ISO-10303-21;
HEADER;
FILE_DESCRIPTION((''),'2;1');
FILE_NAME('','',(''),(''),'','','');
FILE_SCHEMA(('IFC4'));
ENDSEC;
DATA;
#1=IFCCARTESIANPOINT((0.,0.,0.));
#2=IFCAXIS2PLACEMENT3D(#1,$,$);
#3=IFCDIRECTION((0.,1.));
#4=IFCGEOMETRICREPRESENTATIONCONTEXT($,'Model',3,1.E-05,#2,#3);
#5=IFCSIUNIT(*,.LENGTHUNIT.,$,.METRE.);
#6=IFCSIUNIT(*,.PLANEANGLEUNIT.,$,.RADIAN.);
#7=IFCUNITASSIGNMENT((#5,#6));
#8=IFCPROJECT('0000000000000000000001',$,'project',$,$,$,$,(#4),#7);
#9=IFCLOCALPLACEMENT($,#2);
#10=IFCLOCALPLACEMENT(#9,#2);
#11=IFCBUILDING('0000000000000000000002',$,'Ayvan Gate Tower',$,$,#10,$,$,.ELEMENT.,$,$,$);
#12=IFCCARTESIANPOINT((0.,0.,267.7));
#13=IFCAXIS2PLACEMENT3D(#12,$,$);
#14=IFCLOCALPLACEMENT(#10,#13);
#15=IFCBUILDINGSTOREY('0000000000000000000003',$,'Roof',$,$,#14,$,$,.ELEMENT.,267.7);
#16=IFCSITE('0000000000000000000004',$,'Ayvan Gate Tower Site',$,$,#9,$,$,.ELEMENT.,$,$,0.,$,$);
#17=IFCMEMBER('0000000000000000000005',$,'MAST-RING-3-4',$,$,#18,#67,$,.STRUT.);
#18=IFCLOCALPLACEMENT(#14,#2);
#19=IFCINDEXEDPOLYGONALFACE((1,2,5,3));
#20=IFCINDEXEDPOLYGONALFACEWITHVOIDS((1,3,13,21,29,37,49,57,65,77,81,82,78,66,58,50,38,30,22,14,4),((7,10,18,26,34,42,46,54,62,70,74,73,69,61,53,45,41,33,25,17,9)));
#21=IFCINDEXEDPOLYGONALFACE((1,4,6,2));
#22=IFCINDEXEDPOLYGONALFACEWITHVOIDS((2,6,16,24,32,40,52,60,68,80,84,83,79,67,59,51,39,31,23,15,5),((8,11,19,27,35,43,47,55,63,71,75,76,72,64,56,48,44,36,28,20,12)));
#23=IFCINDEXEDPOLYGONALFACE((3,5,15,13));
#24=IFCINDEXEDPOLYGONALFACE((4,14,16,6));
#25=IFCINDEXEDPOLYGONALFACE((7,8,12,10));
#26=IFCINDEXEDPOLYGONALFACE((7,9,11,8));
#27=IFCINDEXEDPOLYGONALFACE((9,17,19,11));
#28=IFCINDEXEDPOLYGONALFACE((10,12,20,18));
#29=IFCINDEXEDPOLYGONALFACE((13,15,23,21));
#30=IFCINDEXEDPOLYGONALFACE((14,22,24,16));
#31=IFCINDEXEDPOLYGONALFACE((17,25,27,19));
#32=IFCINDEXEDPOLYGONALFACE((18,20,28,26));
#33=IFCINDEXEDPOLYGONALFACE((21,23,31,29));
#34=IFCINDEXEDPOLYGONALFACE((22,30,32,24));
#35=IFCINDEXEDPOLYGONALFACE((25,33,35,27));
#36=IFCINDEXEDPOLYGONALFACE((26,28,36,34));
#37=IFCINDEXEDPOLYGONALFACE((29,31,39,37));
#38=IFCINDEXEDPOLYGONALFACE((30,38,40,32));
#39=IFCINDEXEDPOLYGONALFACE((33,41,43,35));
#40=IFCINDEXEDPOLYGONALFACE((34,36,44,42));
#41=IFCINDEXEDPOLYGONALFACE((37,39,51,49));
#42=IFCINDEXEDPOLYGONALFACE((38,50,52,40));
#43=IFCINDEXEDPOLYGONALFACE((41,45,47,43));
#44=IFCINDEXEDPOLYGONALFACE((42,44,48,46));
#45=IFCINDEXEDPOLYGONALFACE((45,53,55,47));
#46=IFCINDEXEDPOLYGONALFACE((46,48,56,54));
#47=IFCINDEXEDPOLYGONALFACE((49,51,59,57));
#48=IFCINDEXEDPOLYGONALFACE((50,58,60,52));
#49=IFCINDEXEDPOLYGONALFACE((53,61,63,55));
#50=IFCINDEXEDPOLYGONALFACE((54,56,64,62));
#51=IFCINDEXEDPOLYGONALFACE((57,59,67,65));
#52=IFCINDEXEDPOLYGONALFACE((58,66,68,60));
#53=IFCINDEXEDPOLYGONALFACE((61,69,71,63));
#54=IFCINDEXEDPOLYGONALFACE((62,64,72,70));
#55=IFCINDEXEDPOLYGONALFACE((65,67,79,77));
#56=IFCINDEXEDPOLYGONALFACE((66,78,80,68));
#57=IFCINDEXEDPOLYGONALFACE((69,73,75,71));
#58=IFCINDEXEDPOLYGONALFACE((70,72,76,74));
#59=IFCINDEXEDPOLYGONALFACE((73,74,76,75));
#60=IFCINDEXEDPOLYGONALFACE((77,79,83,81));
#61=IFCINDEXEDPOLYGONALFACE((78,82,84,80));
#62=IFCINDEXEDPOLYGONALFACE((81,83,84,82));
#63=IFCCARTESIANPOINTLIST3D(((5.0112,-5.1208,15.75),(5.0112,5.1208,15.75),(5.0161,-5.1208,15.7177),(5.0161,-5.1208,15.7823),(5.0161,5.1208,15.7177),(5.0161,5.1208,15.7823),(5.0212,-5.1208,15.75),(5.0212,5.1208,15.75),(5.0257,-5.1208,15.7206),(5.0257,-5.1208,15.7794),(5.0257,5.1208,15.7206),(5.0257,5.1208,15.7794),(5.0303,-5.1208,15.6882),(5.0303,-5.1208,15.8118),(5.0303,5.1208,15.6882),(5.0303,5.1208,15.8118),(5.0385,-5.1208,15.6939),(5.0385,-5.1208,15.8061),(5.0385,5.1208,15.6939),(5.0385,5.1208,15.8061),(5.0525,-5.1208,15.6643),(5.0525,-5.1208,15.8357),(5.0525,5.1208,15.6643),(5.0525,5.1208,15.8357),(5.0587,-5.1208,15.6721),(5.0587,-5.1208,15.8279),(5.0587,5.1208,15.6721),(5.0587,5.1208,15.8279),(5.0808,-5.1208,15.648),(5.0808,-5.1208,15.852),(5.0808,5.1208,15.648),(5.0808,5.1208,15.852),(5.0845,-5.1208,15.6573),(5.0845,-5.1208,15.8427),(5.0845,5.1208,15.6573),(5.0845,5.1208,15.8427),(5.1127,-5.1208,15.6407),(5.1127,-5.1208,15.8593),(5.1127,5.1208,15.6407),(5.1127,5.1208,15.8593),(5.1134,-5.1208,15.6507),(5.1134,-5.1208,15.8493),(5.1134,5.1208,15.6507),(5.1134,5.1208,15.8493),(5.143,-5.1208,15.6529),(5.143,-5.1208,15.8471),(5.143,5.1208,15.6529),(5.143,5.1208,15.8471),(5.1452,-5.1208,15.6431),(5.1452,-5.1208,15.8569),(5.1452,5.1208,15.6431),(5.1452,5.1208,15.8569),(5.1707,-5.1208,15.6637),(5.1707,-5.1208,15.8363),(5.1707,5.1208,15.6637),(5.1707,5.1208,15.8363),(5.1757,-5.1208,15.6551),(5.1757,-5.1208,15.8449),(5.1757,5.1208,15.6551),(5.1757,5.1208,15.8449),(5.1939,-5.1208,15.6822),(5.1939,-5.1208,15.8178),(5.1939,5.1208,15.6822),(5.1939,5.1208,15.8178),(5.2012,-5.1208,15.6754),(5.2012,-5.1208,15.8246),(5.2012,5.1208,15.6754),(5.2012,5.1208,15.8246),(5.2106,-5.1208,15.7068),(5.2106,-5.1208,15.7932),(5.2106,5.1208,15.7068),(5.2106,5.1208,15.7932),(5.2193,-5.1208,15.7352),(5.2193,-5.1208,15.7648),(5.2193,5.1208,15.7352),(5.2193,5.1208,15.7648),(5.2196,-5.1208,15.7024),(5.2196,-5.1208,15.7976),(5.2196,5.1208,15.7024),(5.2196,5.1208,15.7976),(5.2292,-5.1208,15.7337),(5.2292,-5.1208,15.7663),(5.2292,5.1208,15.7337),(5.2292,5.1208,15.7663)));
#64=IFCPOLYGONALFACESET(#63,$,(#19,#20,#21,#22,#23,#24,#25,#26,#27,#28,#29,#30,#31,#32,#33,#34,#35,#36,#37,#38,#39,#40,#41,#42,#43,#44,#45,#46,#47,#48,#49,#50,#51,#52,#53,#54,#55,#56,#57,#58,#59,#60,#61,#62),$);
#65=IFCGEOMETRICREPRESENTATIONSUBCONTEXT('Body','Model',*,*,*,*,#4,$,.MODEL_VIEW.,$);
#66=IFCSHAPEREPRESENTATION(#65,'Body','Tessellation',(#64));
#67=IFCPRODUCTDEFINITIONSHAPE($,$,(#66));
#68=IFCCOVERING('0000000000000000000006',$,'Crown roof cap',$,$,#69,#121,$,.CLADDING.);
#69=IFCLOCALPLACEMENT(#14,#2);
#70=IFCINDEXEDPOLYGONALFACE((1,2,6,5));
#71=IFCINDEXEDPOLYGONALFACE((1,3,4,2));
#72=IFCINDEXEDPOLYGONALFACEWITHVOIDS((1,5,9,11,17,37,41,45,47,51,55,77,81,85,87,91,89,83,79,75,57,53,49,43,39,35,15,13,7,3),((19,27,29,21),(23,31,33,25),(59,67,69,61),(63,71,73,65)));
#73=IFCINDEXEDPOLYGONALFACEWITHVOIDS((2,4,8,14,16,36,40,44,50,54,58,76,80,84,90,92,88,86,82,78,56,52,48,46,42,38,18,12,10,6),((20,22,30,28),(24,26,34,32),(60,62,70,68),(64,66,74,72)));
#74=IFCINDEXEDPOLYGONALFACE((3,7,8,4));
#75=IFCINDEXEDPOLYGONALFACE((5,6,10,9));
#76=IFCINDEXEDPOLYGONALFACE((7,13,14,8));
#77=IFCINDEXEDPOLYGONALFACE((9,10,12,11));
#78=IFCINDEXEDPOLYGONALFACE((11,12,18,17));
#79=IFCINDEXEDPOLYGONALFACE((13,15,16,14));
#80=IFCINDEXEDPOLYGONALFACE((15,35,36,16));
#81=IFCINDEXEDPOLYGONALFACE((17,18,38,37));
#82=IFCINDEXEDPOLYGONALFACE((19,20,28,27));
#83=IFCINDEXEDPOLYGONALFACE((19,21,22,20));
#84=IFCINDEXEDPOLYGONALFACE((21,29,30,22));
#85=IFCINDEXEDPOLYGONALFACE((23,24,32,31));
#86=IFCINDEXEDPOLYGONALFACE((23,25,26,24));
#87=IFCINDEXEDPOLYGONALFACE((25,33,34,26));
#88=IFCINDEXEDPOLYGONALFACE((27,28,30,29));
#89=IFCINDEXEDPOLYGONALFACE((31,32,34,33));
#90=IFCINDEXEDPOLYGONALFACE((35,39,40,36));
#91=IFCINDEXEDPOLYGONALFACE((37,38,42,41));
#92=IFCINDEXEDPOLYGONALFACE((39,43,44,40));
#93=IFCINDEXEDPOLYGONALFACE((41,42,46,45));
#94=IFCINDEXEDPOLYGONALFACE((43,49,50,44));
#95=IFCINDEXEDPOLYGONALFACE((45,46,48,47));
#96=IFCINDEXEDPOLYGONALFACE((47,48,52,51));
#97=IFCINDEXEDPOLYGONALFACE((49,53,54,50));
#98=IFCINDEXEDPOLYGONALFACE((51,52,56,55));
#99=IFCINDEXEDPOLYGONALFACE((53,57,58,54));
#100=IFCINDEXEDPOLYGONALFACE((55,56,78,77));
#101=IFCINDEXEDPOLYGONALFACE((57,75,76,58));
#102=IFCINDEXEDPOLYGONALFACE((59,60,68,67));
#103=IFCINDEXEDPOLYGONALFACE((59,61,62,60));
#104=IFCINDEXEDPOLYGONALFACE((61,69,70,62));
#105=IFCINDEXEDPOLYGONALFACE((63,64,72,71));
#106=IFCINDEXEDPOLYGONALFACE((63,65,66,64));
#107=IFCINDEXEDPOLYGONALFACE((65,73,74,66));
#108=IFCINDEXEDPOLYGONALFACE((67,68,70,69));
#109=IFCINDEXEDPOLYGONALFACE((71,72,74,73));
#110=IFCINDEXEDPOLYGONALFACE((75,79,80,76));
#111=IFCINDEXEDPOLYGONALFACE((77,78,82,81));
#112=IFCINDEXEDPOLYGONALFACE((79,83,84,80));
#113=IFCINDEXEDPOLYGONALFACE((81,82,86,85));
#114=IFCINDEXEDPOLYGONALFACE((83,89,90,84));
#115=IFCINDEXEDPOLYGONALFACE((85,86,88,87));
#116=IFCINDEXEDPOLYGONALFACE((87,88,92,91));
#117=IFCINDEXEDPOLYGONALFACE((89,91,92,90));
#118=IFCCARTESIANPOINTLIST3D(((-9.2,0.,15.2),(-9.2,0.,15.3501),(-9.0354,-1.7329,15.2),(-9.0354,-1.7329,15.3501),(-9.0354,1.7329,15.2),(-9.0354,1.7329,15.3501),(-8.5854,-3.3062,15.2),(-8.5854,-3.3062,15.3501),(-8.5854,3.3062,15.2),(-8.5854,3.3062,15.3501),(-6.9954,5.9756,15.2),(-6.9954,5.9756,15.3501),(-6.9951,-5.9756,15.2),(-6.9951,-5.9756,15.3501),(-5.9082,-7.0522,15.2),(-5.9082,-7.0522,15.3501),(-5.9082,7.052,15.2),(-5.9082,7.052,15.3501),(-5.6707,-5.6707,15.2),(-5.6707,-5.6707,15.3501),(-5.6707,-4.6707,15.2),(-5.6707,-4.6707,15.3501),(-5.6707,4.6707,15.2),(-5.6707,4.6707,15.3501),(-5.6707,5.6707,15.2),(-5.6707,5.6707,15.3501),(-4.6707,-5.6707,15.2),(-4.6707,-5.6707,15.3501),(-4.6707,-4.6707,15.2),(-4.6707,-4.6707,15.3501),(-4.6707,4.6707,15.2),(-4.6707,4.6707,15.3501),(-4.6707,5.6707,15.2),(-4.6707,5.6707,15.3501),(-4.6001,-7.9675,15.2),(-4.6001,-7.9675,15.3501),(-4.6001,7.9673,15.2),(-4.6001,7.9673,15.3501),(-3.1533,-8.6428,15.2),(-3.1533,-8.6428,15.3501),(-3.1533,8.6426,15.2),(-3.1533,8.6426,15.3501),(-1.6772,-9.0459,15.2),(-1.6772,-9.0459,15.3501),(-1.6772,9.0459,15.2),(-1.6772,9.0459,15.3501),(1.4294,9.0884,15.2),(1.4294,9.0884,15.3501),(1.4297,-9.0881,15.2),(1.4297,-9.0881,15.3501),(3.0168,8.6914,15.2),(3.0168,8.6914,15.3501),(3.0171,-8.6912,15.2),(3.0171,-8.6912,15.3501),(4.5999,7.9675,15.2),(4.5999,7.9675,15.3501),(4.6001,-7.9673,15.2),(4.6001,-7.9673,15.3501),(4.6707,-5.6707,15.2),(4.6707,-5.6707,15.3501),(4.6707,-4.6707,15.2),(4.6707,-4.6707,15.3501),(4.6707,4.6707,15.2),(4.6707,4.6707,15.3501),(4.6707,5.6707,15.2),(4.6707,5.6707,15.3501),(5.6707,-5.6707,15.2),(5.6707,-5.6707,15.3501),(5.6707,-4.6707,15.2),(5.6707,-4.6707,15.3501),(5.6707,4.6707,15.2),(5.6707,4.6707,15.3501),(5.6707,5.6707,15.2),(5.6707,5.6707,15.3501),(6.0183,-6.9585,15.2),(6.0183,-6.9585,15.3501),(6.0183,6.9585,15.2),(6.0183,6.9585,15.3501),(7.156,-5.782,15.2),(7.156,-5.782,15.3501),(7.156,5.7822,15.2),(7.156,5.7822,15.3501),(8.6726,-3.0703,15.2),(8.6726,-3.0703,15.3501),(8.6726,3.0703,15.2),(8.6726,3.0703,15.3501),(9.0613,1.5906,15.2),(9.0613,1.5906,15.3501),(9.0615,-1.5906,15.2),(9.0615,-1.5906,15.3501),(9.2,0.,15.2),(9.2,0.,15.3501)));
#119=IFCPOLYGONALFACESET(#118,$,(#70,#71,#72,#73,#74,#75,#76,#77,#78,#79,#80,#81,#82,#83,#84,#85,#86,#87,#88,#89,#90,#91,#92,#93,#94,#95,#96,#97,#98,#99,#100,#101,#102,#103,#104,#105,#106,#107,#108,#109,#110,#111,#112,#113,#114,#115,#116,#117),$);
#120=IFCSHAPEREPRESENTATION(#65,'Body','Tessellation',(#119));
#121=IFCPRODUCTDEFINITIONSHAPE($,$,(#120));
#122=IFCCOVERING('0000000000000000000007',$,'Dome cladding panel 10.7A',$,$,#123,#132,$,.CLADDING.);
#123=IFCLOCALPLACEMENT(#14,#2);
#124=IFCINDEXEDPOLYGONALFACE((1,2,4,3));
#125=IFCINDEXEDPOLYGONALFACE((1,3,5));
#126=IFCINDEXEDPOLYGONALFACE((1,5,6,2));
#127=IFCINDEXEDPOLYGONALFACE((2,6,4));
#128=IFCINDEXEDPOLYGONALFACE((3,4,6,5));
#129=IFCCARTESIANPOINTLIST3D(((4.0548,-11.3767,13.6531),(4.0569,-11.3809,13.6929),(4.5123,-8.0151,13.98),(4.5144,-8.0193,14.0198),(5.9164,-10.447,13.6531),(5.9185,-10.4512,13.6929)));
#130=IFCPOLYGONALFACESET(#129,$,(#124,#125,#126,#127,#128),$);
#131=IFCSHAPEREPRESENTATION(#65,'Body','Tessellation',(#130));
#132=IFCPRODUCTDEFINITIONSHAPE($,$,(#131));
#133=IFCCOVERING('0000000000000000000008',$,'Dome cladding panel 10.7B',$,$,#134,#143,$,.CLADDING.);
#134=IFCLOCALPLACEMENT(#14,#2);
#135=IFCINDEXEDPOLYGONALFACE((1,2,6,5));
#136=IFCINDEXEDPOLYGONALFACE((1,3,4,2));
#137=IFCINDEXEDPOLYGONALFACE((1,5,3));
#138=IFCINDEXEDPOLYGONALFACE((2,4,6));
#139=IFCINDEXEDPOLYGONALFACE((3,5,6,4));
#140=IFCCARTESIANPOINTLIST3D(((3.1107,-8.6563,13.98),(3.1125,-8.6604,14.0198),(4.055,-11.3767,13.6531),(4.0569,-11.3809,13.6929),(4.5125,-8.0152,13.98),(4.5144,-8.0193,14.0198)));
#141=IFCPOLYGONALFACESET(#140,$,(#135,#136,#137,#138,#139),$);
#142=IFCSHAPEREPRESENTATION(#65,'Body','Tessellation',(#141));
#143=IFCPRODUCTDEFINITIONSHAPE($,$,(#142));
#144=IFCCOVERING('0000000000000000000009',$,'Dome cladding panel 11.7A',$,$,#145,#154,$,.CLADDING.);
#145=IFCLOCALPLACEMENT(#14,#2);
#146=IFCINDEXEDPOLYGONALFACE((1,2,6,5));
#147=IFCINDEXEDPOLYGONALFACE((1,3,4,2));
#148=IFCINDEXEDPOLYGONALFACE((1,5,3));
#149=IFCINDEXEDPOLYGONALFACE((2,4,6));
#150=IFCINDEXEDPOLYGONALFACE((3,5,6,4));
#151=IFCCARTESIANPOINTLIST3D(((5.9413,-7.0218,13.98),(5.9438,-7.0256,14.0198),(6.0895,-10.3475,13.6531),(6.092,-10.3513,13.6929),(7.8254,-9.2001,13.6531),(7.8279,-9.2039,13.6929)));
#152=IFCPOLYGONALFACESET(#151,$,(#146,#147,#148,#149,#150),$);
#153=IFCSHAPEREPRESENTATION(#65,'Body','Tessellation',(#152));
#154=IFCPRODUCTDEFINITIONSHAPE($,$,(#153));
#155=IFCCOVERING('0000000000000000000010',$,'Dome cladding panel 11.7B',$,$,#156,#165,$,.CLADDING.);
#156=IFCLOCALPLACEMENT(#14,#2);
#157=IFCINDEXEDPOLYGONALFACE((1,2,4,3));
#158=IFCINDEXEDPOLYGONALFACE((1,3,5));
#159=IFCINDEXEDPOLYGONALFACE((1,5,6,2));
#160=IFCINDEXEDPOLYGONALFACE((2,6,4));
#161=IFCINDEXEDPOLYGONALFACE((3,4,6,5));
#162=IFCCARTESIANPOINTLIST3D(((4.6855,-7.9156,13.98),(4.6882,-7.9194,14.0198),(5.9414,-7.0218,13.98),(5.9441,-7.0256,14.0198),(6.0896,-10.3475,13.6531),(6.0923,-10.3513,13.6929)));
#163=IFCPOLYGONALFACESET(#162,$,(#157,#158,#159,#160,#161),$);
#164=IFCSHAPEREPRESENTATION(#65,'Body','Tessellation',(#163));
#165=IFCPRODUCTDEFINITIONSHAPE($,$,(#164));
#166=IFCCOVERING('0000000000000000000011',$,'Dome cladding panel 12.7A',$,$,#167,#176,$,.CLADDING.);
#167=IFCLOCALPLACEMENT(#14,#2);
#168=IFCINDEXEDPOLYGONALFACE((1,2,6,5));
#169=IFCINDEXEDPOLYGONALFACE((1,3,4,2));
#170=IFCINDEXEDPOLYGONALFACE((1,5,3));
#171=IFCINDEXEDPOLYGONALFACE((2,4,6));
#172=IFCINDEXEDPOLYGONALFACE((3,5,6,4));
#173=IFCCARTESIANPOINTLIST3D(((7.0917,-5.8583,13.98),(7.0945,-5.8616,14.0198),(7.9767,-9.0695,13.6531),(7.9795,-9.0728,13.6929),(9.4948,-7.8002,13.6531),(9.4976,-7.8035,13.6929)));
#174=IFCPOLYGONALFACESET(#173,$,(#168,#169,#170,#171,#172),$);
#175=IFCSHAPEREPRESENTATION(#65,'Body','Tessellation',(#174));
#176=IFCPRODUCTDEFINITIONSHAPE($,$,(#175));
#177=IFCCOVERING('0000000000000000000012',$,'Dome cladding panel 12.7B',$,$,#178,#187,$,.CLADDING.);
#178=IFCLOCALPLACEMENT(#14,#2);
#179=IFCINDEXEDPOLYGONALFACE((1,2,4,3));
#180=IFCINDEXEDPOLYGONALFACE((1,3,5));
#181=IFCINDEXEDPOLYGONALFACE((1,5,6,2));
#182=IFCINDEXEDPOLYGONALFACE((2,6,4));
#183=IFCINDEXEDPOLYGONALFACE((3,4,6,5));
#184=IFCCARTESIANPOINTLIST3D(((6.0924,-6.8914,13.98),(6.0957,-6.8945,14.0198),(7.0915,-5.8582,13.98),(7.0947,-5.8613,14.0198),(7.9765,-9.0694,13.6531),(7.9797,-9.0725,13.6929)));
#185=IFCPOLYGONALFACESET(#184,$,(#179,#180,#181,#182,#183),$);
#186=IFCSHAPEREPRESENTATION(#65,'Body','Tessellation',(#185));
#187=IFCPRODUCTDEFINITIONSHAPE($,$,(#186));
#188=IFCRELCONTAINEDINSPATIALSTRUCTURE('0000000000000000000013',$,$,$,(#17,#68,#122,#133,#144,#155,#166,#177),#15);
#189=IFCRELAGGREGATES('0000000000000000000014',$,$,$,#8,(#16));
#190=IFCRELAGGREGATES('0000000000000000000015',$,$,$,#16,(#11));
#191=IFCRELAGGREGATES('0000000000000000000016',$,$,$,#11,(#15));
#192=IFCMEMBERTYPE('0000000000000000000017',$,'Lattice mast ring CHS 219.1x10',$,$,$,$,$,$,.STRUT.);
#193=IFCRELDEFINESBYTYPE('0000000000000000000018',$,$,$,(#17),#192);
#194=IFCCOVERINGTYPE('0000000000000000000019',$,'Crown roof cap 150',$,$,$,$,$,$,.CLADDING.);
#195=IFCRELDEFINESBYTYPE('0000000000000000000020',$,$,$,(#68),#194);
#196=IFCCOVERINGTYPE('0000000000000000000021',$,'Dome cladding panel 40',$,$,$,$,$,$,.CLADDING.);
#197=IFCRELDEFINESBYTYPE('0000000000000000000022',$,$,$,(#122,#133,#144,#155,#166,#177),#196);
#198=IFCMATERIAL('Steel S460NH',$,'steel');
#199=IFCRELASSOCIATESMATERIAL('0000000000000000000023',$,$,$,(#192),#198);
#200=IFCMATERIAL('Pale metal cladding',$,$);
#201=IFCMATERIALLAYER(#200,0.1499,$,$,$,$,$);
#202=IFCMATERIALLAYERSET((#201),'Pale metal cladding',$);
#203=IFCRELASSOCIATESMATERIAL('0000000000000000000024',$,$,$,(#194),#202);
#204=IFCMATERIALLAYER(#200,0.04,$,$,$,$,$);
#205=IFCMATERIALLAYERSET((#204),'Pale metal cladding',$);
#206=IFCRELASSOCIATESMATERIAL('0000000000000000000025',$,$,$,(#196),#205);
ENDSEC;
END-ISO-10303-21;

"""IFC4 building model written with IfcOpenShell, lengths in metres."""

from ifc_helpers import new_model, si_unit, direction, frame, origin, origin_2d, place, context, subcontext, project, spatial, polyline, hollow_circle, outline, extrude, material, layer, layer_set, material_profile, profile_set, type_object, element, save


model = new_model("IFC4")

# Units and contexts
model_context = context("Model", 3, precision=1e-05, world=origin(), true_north=direction((0.0, 1.0)))
body_context = subcontext(model_context, "Body", "Model", "MODEL_VIEW")
ifc_project = project(units=[si_unit("LENGTHUNIT", "METRE"), si_unit("PLANEANGLEUNIT", "RADIAN")], contexts=[model_context])

# Site, building, storey
site_placement = place(None, origin())
site = spatial("IfcSite", under=ifc_project, at=site_placement, Name="Ayvan Gate Tower Site", CompositionType="ELEMENT", RefElevation=0.0)
building_placement = place(site_placement, origin())
building = spatial("IfcBuilding", under=site, at=building_placement, Name="Ayvan Gate Tower", CompositionType="ELEMENT")
storey_placement = place(building_placement, frame((0.0, 0.0, 267.7)))
storey = spatial("IfcBuildingStorey", under=building, at=storey_placement, Name="Roof", CompositionType="ELEMENT", Elevation=267.7)

# Member
ifc_material_1 = material(Name="Steel S460NH", Category="steel")
ifc_material_profile_1 = material_profile(ifc_material_1, hollow_circle(Radius=0.1096, WallThickness=0.01, at=origin_2d()), Name="CHS 219.1x10")
ifc_profile_set_1 = profile_set([ifc_material_profile_1], Name="Steel S460NH")
member_type_1 = type_object("IfcMemberType", Name="Lattice mast ring CHS 219.1x10", PredefinedType="STRUT", material=ifc_profile_set_1)
member_1_placement = place(storey_placement, frame((5.1208, -5.1208, 15.75), z_axis=(0.0, 1.0, 0.0), x_axis=(-1.0, 0.0, 0.0)))
element("IfcMember", 1, at=member_1_placement, inside=storey, type_object=member_type_1, Name="MAST-RING-3-4", PredefinedType="STRUT", context=body_context, shape_type="SweptSolid", body=[
    extrude(hollow_circle(Radius=0.1096, WallThickness=0.01, at=origin_2d()), origin(), (0.0, 0.0, 1.0), 10.2417),
])

# Coverings
ifc_material_2 = material(Name="Pale metal cladding")
ifc_layer_1 = layer(ifc_material_2, 0.1499)
ifc_layer_set_1 = layer_set([ifc_layer_1], Name="Pale metal cladding")
covering_type_1 = type_object("IfcCoveringType", Name="Crown roof cap 150", PredefinedType="CLADDING", material=ifc_layer_set_1)
covering_1_placement = place(storey_placement, frame((0.0, 0.0, 15.2)))
element("IfcCovering", 2, at=covering_1_placement, inside=storey, type_object=covering_type_1, Name="Crown roof cap", PredefinedType="CLADDING", context=body_context, shape_type="SweptSolid", body=[
    extrude(outline(polyline([(-9.2, 0.0), (-9.0354, -1.7329), (-8.5854, -3.3062), (-6.9951, -5.9756), (-5.9082, -7.0522), (-4.6001, -7.9675), (-3.1533, -8.6428), (-1.6772, -9.0459), (1.4297, -9.0881), (3.0171, -8.6912), (4.6001, -7.9673), (6.0183, -6.9585), (7.156, -5.782), (8.6726, -3.0703), (9.0615, -1.5906), (9.2, 0.0), (9.0613, 1.5906), (8.6726, 3.0703), (7.156, 5.7822), (6.0183, 6.9585), (4.5999, 7.9675), (3.0168, 8.6914), (1.4294, 9.0884), (-1.6772, 9.0459), (-3.1533, 8.6426), (-4.6001, 7.9673), (-5.9082, 7.052), (-6.9954, 5.9756), (-8.5854, 3.3062), (-9.0354, 1.7329), (-9.2, 0.0)]), holes=[polyline([(4.6707, 4.6707), (5.6707, 4.6707), (5.6707, 5.6707), (4.6707, 5.6707), (4.6707, 4.6707)]), polyline([(-5.6707, 4.6707), (-4.6707, 4.6707), (-4.6707, 5.6707), (-5.6707, 5.6707), (-5.6707, 4.6707)]), polyline([(-5.6707, -5.6707), (-4.6707, -5.6707), (-4.6707, -4.6707), (-5.6707, -4.6707), (-5.6707, -5.6707)]), polyline([(4.6707, -5.6707), (5.6707, -5.6707), (5.6707, -4.6707), (4.6707, -4.6707), (4.6707, -5.6707)])]), origin(), (0.0, 0.0, 1.0), 0.1501),
])
ifc_layer_2 = layer(ifc_material_2, 0.04)
ifc_layer_set_2 = layer_set([ifc_layer_2], Name="Pale metal cladding")
covering_type_2 = type_object("IfcCoveringType", Name="Dome cladding panel 40", PredefinedType="CLADDING", material=ifc_layer_set_2)
covering_2_placement = place(storey_placement, frame((4.0569, -11.3809, 13.6929), z_axis=(0.051757, -0.103637, 0.993268), x_axis=(0.894638, 0.446791, 0.0)))
element("IfcCovering", 3, at=covering_2_placement, inside=storey, type_object=covering_type_2, Name="Dome cladding panel 10.7A", PredefinedType="CLADDING", context=body_context, shape_type="SweptSolid", body=[
    extrude(outline(polyline([(0.0, 0.0), (2.0808, 0.0), (1.9112, 2.822), (0.0, 0.0)])), origin(), (0.0, 0.0, -1.0), 0.04),
])
covering_3_placement = place(storey_placement, frame((4.0569, -11.3809, 13.6929), z_axis=(0.047121, -0.103035, 0.993561), x_axis=(0.134238, 0.986296, 0.095915)))
element("IfcCovering", 4, at=covering_3_placement, inside=storey, type_object=covering_type_2, Name="Dome cladding panel 10.7B", PredefinedType="CLADDING", context=body_context, shape_type="SweptSolid", body=[
    extrude(outline(polyline([(0.0, 0.0), (3.4083, 0.0), (2.5878, 1.305), (0.0, 0.0)])), origin(), (0.0, 0.0, -1.0), 0.04),
])
covering_4_placement = place(storey_placement, frame((6.092, -10.3513, 13.6929), z_axis=(0.06271, -0.094865, 0.993513), x_axis=(0.83421, 0.551447, 0.0)))
element("IfcCovering", 5, at=covering_4_placement, inside=storey, type_object=covering_type_2, Name="Dome cladding panel 11.7A", PredefinedType="CLADDING", context=body_context, shape_type="SweptSolid", body=[
    extrude(outline(polyline([(0.0, 0.0), (2.0808, 0.0), (1.7103, 2.8747), (0.0, 0.0)])), origin(), (0.0, 0.0, -1.0), 0.04),
])
covering_5_placement = place(storey_placement, frame((6.0923, -10.3513, 13.6929), z_axis=(0.067349, -0.09463, 0.993232), x_axis=(-0.044303, 0.994226, 0.097729)))
element("IfcCovering", 6, at=covering_5_placement, inside=storey, type_object=covering_type_2, Name="Dome cladding panel 11.7B", PredefinedType="CLADDING", context=body_context, shape_type="SweptSolid", body=[
    extrude(outline(polyline([(0.0, 0.0), (3.345, 0.0), (2.512, 1.297), (0.0, 0.0)])), origin(), (0.0, 0.0, -1.0), 0.04),
])
covering_6_placement = place(storey_placement, frame((7.9795, -9.0728, 13.6929), z_axis=(0.068779, -0.082259, 0.994235), x_axis=(0.767168, 0.641446, 0.0)))
element("IfcCovering", 7, at=covering_6_placement, inside=storey, type_object=covering_type_2, Name="Dome cladding panel 12.7A", PredefinedType="CLADDING", context=body_context, shape_type="SweptSolid", body=[
    extrude(outline(polyline([(0.0, 0.0), (1.9788, 0.0), (1.3808, 3.0488), (0.0, 0.0)])), origin(), (0.0, 0.0, -1.0), 0.04),
])
covering_7_placement = place(storey_placement, frame((7.9797, -9.0725, 13.6929), z_axis=(0.081405, -0.078712, 0.993568), x_axis=(-0.264426, 0.959447, 0.097674)))
element("IfcCovering", 8, at=covering_7_placement, inside=storey, type_object=covering_type_2, Name="Dome cladding panel 12.7B", PredefinedType="CLADDING", context=body_context, shape_type="SweptSolid", body=[
    extrude(outline(polyline([(0.0, 0.0), (3.3469, 0.0), (2.6198, 1.2397), (0.0, 0.0)])), origin(), (0.0, 0.0, -1.0), 0.04),
])

save(model, "model.ifc")
